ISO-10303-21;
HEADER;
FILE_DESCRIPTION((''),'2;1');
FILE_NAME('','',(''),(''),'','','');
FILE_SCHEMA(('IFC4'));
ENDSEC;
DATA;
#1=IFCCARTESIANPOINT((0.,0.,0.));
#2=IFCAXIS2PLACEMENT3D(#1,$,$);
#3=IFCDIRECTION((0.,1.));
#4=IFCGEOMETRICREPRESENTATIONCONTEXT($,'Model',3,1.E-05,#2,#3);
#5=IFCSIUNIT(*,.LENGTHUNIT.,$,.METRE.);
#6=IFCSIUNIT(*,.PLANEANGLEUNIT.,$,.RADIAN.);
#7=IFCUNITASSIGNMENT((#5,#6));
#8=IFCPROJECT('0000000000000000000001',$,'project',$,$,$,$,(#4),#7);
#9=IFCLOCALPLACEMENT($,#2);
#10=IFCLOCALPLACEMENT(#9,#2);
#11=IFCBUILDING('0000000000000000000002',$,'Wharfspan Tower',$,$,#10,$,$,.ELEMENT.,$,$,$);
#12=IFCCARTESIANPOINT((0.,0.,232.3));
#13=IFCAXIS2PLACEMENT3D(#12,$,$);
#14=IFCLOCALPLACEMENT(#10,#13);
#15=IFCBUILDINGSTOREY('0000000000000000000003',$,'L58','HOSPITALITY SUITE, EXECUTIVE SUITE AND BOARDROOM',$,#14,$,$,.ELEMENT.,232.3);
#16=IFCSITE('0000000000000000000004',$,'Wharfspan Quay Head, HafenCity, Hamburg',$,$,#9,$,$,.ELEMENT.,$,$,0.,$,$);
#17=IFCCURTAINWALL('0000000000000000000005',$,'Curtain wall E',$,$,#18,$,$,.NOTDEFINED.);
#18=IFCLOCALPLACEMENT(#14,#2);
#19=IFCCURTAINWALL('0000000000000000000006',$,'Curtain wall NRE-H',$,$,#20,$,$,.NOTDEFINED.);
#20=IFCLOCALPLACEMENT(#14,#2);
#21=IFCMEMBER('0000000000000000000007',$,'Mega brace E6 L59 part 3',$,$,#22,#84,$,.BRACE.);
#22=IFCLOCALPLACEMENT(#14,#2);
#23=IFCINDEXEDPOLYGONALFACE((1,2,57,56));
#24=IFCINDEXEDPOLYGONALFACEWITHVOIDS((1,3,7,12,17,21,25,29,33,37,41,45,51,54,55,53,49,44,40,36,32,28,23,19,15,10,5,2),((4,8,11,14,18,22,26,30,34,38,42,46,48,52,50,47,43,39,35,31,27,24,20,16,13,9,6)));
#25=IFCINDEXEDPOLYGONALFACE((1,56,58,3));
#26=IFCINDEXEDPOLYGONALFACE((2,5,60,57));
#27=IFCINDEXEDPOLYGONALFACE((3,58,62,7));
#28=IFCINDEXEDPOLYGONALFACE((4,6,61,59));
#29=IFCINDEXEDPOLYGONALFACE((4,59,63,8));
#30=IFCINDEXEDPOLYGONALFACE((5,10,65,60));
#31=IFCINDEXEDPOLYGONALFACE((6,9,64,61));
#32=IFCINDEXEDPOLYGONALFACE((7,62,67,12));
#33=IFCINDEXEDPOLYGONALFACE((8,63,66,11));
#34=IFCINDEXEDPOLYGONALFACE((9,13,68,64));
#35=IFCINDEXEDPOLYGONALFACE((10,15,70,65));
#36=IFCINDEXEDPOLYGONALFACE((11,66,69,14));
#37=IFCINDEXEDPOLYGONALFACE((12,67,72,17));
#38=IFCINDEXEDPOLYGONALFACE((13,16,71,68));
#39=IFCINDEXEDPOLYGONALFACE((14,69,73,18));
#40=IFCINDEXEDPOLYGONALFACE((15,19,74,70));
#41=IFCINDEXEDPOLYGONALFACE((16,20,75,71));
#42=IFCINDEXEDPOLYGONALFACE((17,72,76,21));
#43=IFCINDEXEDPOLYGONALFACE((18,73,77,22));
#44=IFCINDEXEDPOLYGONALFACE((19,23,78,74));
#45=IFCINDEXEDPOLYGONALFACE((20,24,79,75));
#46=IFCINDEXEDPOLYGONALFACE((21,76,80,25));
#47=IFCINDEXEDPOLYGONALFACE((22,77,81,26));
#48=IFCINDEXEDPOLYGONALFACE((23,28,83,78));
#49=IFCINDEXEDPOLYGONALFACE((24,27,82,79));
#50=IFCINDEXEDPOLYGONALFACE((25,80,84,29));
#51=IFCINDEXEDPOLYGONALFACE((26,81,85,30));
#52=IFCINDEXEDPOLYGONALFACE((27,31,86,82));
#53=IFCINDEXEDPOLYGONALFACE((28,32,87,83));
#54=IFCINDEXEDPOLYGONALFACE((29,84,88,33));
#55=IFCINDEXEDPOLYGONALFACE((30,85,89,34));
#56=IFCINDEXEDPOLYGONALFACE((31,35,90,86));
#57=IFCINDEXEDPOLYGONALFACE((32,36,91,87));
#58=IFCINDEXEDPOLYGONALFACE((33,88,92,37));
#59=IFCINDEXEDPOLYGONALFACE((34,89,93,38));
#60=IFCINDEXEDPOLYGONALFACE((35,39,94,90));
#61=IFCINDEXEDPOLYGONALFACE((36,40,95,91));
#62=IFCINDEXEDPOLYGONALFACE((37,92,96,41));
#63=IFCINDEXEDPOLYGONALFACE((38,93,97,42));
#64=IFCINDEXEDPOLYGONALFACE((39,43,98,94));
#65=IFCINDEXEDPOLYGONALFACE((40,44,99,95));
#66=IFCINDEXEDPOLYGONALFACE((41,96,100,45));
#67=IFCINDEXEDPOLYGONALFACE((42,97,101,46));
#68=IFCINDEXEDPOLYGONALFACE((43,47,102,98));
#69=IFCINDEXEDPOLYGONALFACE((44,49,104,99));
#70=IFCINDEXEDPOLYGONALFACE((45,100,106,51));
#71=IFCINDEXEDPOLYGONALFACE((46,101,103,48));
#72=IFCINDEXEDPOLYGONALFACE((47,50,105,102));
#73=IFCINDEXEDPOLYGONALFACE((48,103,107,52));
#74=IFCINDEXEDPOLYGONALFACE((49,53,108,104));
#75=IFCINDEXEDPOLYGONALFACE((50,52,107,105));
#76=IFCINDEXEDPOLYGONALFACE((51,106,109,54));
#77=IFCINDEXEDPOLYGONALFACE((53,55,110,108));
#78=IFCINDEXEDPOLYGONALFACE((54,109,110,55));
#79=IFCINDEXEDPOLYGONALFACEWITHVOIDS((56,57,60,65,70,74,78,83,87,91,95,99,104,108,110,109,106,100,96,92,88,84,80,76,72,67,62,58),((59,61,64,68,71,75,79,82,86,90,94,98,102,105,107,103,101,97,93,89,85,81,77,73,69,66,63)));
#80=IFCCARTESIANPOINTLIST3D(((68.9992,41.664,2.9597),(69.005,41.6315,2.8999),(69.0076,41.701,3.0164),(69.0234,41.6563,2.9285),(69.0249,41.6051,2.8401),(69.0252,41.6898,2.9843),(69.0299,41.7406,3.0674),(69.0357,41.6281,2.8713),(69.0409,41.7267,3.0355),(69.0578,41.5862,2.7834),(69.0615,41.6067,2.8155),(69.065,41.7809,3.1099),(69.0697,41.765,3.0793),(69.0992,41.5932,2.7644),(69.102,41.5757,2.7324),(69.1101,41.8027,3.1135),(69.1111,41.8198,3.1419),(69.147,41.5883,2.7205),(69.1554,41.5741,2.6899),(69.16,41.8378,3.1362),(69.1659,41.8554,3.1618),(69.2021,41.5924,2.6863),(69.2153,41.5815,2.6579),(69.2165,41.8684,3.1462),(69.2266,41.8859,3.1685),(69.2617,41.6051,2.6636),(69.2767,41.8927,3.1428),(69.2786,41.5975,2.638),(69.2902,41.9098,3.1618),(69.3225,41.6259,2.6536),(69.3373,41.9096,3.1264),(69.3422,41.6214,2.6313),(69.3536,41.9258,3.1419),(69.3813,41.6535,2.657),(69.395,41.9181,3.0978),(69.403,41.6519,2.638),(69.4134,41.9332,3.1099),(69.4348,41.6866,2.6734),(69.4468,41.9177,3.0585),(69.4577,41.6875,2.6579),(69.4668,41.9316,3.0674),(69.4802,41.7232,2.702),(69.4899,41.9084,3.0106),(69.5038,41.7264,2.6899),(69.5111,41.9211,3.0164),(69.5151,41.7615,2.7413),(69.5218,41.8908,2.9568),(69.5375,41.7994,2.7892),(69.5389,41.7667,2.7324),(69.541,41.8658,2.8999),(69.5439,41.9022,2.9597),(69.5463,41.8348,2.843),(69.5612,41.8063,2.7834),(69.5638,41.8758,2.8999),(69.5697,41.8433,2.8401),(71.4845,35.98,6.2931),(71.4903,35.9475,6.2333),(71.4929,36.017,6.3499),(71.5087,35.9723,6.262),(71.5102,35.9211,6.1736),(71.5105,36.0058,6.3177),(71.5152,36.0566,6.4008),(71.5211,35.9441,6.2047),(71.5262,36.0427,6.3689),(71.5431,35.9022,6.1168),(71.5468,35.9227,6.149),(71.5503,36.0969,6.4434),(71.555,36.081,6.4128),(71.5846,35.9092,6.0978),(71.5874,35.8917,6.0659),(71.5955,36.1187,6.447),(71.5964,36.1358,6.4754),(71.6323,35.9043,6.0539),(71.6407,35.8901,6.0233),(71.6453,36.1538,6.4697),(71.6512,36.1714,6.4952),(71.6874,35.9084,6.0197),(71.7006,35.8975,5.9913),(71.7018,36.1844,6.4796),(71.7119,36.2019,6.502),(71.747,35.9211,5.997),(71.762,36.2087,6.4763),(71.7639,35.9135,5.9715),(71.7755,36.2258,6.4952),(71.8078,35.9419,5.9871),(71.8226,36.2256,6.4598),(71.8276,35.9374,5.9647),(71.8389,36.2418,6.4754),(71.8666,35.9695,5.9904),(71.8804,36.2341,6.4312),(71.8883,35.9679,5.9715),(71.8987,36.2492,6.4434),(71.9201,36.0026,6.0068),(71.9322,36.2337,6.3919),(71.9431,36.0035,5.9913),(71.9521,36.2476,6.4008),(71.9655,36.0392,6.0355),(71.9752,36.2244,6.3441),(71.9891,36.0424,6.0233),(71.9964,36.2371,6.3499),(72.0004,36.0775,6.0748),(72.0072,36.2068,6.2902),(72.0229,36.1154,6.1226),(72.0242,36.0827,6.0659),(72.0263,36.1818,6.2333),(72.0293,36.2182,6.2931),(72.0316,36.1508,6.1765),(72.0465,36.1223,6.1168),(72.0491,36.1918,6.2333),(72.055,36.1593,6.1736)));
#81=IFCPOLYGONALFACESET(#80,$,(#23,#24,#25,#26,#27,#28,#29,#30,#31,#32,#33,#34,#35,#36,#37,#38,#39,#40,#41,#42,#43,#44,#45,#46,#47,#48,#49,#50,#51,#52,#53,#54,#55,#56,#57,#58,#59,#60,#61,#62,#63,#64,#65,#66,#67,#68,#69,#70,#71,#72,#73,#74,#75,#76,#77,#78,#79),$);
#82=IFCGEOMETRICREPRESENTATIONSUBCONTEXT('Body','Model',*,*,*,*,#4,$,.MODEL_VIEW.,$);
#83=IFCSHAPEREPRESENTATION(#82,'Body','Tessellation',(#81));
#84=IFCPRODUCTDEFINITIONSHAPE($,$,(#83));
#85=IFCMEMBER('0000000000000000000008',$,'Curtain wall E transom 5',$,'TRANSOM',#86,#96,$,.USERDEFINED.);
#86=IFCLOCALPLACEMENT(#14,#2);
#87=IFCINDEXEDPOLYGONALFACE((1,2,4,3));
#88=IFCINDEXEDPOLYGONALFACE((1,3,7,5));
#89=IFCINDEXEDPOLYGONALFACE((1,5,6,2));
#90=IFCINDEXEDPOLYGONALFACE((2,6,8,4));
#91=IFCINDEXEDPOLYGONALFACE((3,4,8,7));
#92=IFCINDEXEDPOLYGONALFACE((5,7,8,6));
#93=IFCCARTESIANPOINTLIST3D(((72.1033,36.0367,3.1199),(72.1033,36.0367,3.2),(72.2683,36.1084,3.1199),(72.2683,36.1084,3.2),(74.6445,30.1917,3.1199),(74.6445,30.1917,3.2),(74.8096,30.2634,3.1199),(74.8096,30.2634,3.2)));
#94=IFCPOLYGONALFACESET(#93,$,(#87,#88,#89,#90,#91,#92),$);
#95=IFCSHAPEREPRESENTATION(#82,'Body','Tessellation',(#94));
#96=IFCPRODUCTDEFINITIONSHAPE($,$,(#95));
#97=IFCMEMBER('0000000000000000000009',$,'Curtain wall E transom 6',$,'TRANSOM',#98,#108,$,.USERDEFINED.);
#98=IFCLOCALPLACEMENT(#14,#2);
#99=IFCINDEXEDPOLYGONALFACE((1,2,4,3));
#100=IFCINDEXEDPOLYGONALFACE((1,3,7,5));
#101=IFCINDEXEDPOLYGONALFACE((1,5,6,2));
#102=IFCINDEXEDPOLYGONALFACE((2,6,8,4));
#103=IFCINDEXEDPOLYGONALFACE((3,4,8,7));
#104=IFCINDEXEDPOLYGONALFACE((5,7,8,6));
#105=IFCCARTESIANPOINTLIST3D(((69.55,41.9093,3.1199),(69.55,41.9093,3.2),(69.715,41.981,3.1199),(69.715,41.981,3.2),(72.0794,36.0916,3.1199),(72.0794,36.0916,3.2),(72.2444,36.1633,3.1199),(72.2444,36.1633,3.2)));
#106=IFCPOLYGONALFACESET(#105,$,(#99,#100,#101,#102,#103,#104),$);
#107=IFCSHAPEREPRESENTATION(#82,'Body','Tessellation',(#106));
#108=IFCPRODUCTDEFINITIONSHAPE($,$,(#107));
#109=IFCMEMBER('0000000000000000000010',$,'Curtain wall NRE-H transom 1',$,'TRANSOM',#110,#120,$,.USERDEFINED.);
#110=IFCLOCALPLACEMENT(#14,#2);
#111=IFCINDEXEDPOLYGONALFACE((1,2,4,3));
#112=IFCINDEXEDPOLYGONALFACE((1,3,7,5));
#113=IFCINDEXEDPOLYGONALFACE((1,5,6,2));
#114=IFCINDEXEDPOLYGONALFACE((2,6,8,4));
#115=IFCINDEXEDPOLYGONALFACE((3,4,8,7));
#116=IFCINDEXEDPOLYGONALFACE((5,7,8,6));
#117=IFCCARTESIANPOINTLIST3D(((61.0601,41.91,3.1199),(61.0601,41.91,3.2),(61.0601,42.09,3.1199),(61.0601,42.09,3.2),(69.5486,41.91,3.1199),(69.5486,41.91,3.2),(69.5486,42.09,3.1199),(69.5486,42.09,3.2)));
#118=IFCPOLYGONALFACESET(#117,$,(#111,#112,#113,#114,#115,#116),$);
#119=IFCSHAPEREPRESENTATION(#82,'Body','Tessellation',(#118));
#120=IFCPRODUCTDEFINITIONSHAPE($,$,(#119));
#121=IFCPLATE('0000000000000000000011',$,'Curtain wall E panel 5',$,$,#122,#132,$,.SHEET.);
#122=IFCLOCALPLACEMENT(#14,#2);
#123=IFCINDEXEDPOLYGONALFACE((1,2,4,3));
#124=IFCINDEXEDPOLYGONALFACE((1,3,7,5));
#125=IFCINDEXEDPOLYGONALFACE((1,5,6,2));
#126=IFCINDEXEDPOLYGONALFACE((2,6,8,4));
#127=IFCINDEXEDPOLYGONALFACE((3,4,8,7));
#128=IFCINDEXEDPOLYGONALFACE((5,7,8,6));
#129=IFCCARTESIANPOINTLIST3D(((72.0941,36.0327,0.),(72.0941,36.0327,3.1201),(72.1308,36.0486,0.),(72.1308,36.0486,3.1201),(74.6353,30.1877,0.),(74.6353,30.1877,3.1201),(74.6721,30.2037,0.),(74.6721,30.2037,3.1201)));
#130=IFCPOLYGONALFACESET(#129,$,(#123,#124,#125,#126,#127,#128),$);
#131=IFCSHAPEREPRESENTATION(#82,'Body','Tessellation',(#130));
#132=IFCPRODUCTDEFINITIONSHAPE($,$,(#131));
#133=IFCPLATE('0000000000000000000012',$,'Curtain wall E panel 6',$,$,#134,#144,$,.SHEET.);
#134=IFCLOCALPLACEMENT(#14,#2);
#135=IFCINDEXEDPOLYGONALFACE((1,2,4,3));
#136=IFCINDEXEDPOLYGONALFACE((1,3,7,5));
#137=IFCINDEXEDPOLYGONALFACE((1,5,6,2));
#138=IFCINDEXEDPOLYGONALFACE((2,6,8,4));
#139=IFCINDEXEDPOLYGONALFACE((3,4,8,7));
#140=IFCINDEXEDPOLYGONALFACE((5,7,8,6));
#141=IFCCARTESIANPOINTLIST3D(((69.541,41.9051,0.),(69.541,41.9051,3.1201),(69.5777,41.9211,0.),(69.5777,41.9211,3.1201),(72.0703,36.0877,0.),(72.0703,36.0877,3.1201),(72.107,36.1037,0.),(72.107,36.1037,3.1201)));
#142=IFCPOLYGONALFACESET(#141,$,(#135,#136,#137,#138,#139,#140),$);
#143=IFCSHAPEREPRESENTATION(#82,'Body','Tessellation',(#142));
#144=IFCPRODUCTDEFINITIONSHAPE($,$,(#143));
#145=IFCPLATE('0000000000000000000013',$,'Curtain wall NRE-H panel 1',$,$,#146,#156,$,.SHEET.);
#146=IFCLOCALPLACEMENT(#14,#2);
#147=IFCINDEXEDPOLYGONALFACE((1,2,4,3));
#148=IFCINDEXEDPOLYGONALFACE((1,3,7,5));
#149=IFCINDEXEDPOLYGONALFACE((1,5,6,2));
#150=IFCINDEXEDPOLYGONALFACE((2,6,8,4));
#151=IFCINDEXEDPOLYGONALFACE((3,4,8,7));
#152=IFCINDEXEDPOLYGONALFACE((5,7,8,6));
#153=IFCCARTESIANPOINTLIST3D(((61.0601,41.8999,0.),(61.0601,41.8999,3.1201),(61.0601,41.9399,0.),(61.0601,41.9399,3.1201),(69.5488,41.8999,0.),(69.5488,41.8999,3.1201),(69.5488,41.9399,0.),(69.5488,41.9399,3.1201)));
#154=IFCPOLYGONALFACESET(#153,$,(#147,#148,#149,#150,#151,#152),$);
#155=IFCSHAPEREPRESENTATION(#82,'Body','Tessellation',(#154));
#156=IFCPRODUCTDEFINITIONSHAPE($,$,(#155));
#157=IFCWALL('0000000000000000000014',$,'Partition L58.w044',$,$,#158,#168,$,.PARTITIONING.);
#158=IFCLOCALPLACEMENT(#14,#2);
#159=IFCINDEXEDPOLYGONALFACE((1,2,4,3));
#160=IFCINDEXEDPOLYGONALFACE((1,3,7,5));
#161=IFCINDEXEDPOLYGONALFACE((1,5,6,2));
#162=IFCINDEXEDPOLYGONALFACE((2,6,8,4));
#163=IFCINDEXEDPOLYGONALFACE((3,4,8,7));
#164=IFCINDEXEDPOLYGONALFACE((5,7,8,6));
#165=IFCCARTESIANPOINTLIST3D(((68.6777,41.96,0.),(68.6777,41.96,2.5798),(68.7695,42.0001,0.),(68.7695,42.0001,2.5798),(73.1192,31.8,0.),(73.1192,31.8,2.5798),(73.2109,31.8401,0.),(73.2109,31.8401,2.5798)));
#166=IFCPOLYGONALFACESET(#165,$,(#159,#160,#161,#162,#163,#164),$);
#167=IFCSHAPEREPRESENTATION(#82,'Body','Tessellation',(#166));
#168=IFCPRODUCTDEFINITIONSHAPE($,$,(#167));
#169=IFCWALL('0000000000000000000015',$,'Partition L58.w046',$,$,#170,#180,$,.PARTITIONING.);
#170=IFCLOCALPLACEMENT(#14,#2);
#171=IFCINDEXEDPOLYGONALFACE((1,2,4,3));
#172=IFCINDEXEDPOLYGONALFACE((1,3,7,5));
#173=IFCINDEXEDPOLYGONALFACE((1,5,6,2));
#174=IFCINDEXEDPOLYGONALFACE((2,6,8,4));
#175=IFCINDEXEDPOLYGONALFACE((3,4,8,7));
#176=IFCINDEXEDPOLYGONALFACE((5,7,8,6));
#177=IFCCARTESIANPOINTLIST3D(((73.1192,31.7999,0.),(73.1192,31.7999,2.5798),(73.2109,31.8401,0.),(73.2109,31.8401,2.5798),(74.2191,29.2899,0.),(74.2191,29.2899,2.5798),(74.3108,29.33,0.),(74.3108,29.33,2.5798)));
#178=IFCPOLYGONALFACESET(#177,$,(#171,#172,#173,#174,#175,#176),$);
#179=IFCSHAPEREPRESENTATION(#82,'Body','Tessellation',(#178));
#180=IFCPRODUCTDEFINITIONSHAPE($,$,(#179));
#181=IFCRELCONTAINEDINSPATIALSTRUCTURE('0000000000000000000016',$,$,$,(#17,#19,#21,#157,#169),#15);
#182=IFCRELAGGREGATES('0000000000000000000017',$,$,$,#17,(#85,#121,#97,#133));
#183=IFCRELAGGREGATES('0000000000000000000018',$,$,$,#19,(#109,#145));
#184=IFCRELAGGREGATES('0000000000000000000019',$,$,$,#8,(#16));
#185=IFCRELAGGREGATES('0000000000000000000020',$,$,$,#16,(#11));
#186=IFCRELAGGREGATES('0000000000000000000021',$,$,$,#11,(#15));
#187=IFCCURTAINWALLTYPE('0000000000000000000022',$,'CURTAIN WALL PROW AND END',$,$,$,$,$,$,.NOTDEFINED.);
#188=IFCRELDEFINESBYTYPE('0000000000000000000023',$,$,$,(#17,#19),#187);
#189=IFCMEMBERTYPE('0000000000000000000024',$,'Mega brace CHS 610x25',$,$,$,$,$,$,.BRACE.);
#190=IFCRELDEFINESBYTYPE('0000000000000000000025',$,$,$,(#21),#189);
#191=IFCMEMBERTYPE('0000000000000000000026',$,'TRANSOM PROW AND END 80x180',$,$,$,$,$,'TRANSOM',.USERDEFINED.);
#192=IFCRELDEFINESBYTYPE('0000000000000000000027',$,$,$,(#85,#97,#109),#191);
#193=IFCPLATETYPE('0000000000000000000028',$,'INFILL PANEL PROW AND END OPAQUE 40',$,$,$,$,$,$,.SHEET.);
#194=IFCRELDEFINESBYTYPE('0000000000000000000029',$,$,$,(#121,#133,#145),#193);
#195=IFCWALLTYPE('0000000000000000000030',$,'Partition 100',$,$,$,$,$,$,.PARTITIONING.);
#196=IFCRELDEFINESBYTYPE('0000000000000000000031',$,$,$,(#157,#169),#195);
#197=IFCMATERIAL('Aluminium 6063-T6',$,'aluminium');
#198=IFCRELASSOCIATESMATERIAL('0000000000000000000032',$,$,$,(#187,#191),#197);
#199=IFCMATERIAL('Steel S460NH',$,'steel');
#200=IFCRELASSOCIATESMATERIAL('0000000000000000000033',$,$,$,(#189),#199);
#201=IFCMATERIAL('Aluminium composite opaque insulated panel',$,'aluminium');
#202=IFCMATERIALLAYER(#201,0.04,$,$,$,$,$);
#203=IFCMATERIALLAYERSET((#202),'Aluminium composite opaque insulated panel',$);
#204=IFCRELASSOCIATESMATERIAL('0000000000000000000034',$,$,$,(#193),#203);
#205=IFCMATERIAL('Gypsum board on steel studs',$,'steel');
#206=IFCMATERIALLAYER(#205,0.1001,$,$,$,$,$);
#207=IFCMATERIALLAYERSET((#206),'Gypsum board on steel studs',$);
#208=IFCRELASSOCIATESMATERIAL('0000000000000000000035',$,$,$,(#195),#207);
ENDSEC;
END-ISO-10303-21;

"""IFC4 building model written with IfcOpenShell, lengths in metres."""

from ifc_helpers import new_model, si_unit, direction, frame, frame_2d, origin, origin_2d, place, context, subcontext, project, spatial, rectangle, hollow_circle, extrude, material, layer, layer_set, material_profile, profile_set, type_object, element, aggregate, save


model = new_model("IFC4")

# Units and contexts
model_context = context("Model", 3, precision=1e-05, world=origin(), true_north=direction((0.0, 1.0)))
body_context = subcontext(model_context, "Body", "Model", "MODEL_VIEW")
ifc_project = project(units=[si_unit("LENGTHUNIT", "METRE"), si_unit("PLANEANGLEUNIT", "RADIAN")], contexts=[model_context])

# Site, building, storey
site_placement = place(None, origin())
site = spatial("IfcSite", under=ifc_project, at=site_placement, Name="Wharfspan Quay Head, HafenCity, Hamburg", CompositionType="ELEMENT", RefElevation=0.0)
building_placement = place(site_placement, origin())
building = spatial("IfcBuilding", under=site, at=building_placement, Name="Wharfspan Tower", CompositionType="ELEMENT")
storey_placement = place(building_placement, frame((0.0, 0.0, 232.3)))
storey = spatial("IfcBuildingStorey", under=building, at=storey_placement, Name="L58", Description="HOSPITALITY SUITE, EXECUTIVE SUITE AND BOARDROOM", CompositionType="ELEMENT", Elevation=232.3)

# Curtain walls
ifc_material_1 = material(Name="Aluminium 6063-T6", Category="aluminium")
curtain_wall_type = type_object("IfcCurtainWallType", Name="CURTAIN WALL PROW AND END", PredefinedType="NOTDEFINED", material=ifc_material_1)
curtain_wall_1_placement = place(storey_placement, origin())
curtain_wall_1 = element("IfcCurtainWall", 1, at=curtain_wall_1_placement, inside=storey, type_object=curtain_wall_type, Name="Curtain wall E", PredefinedType="NOTDEFINED")
curtain_wall_2_placement = place(storey_placement, origin())
curtain_wall_2 = element("IfcCurtainWall", 2, at=curtain_wall_2_placement, inside=storey, type_object=curtain_wall_type, Name="Curtain wall NRE-H", PredefinedType="NOTDEFINED")

# Member
ifc_material_2 = material(Name="Steel S460NH", Category="steel")
ifc_material_profile_1 = material_profile(ifc_material_2, hollow_circle(Radius=0.3049, WallThickness=0.0249, at=origin_2d()))
ifc_profile_set_1 = profile_set([ifc_material_profile_1], Name="Steel S460NH")
member_type_1 = type_object("IfcMemberType", Name="Mega brace CHS 610x25", PredefinedType="BRACE", material=ifc_profile_set_1)
member_1_placement = place(storey_placement, frame((69.2844, 41.7537, 2.8999), z_axis=(0.352903, -0.807102, 0.473334), x_axis=(0.916243, 0.400624, -0.000001)))
element("IfcMember", 3, at=member_1_placement, inside=storey, type_object=member_type_1, Name="Mega brace E6 L59 part 3", PredefinedType="BRACE", context=body_context, shape_type="SweptSolid", body=[
    extrude(hollow_circle(Radius=0.3049, WallThickness=0.0249, at=origin_2d()), origin(), (0.0, 0.0, 1.0), 7.0425),
])

# Members
ifc_material_profile_2 = material_profile(ifc_material_1, rectangle(XDim=0.1799, YDim=0.0801, at=origin_2d()))
ifc_profile_set_2 = profile_set([ifc_material_profile_2], Name="Aluminium 6063-T6")
member_type_2 = type_object("IfcMemberType", Name="TRANSOM PROW AND END 80x180", ElementType="TRANSOM", PredefinedType="USERDEFINED", material=ifc_profile_set_2)
member_2_placement = place(storey_placement, frame((74.7271, 30.2275, 3.1599), z_axis=(-0.398722, 0.917072, 0.0), x_axis=(-0.917072, -0.398722, 0.0)))
member_2 = element("IfcMember", 4, at=member_2_placement, type_object=member_type_2, Name="Curtain wall E transom 5", ObjectType="TRANSOM", PredefinedType="USERDEFINED", context=body_context, shape_type="SweptSolid", body=[
    extrude(rectangle(XDim=0.1799, YDim=0.0801, at=origin_2d()), origin(), (0.0, 0.0, 1.0), 6.3735),
])
member_3_placement = place(storey_placement, frame((72.1619, 36.1274, 3.1599), z_axis=(-0.398712, 0.917076, 0.0), x_axis=(-0.917076, -0.398712, 0.0)))
member_3 = element("IfcMember", 5, at=member_3_placement, type_object=member_type_2, Name="Curtain wall E transom 6", ObjectType="TRANSOM", PredefinedType="USERDEFINED", context=body_context, shape_type="SweptSolid", body=[
    extrude(rectangle(XDim=0.1799, YDim=0.0801, at=origin_2d()), origin(), (0.0, 0.0, 1.0), 6.3438),
])
member_4_placement = place(storey_placement, frame((69.5486, 42.0, 3.1599), z_axis=(-1.0, 0.0, 0.0), x_axis=(0.0, -1.0, 0.0)))
member_4 = element("IfcMember", 6, at=member_4_placement, type_object=member_type_2, Name="Curtain wall NRE-H transom 1", ObjectType="TRANSOM", PredefinedType="USERDEFINED", context=body_context, shape_type="SweptSolid", body=[
    extrude(rectangle(XDim=0.1799, YDim=0.0801, at=origin_2d()), origin(), (0.0, 0.0, 1.0), 8.4885),
])

# Plates
ifc_material_3 = material(Name="Aluminium composite opaque insulated panel", Category="aluminium")
ifc_layer_1 = layer(ifc_material_3, 0.04)
ifc_layer_set_1 = layer_set([ifc_layer_1], Name="Aluminium composite opaque insulated panel")
plate_type = type_object("IfcPlateType", Name="INFILL PANEL PROW AND END OPAQUE 40", PredefinedType="SHEET", material=ifc_layer_set_1)
plate_1_placement = place(storey_placement, frame((73.3831, 33.1182, 0.0), z_axis=(0.0, 0.0, 1.0), x_axis=(-0.398727, 0.917072, 0.0)))
plate_1 = element("IfcPlate", 7, at=plate_1_placement, type_object=plate_type, Name="Curtain wall E panel 5", PredefinedType="SHEET", context=body_context, shape_type="SweptSolid", body=[
    extrude(rectangle(XDim=6.3735, YDim=0.04, at=origin_2d()), origin(), (0.0, 0.0, 1.0), 3.1201),
])
plate_2_placement = place(storey_placement, frame((70.824, 39.0044, 0.0), z_axis=(0.0, 0.0, 1.0), x_axis=(-0.398727, 0.917072, 0.0)))
plate_2 = element("IfcPlate", 8, at=plate_2_placement, type_object=plate_type, Name="Curtain wall E panel 6", PredefinedType="SHEET", context=body_context, shape_type="SweptSolid", body=[
    extrude(rectangle(XDim=6.3435, YDim=0.04, at=origin_2d()), origin(), (0.0, 0.0, 1.0), 3.1201),
])
aggregate(curtain_wall_1, [member_2, plate_1, member_3, plate_2])
plate_3_placement = place(storey_placement, frame((65.3044, 41.9199, 0.0), z_axis=(0.0, 0.0, 1.0), x_axis=(-1.0, 0.0, 0.0)))
plate_3 = element("IfcPlate", 9, at=plate_3_placement, type_object=plate_type, Name="Curtain wall NRE-H panel 1", PredefinedType="SHEET", context=body_context, shape_type="SweptSolid", body=[
    extrude(rectangle(XDim=8.4888, YDim=0.04, at=origin_2d()), origin(), (0.0, 0.0, 1.0), 3.1201),
])
aggregate(curtain_wall_2, [member_4, plate_3])

# Walls
ifc_material_4 = material(Name="Gypsum board on steel studs", Category="steel")
ifc_layer_2 = layer(ifc_material_4, 0.1001)
ifc_layer_set_2 = layer_set([ifc_layer_2], Name="Gypsum board on steel studs")
wall_type = type_object("IfcWallType", Name="Partition 100", PredefinedType="PARTITIONING", material=ifc_layer_set_2)
wall_1_placement = place(storey_placement, frame((73.165, 31.8201, 0.0), z_axis=(0.0, 0.0, 1.0), x_axis=(-0.400551, 0.916278, 0.0)))
element("IfcWall", 10, at=wall_1_placement, inside=storey, type_object=wall_type, Name="Partition L58.w044", PredefinedType="PARTITIONING", context=body_context, shape_type="SweptSolid", body=[
    extrude(rectangle(XDim=11.0884, YDim=0.1001, at=frame_2d((5.5442, 0.0))), origin(), (0.0, 0.0, 1.0), 2.5798),
])
wall_2_placement = place(storey_placement, frame((74.2649, 29.3101, 0.0), z_axis=(0.0, 0.0, 1.0), x_axis=(-0.401346, 0.915924, 0.0)))
element("IfcWall", 11, at=wall_2_placement, inside=storey, type_object=wall_type, Name="Partition L58.w046", PredefinedType="PARTITIONING", context=body_context, shape_type="SweptSolid", body=[
    extrude(rectangle(XDim=2.7405, YDim=0.1001, at=frame_2d((1.3701, 0.0))), origin(), (0.0, 0.0, 1.0), 2.5798),
])

save(model, "model.ifc")
